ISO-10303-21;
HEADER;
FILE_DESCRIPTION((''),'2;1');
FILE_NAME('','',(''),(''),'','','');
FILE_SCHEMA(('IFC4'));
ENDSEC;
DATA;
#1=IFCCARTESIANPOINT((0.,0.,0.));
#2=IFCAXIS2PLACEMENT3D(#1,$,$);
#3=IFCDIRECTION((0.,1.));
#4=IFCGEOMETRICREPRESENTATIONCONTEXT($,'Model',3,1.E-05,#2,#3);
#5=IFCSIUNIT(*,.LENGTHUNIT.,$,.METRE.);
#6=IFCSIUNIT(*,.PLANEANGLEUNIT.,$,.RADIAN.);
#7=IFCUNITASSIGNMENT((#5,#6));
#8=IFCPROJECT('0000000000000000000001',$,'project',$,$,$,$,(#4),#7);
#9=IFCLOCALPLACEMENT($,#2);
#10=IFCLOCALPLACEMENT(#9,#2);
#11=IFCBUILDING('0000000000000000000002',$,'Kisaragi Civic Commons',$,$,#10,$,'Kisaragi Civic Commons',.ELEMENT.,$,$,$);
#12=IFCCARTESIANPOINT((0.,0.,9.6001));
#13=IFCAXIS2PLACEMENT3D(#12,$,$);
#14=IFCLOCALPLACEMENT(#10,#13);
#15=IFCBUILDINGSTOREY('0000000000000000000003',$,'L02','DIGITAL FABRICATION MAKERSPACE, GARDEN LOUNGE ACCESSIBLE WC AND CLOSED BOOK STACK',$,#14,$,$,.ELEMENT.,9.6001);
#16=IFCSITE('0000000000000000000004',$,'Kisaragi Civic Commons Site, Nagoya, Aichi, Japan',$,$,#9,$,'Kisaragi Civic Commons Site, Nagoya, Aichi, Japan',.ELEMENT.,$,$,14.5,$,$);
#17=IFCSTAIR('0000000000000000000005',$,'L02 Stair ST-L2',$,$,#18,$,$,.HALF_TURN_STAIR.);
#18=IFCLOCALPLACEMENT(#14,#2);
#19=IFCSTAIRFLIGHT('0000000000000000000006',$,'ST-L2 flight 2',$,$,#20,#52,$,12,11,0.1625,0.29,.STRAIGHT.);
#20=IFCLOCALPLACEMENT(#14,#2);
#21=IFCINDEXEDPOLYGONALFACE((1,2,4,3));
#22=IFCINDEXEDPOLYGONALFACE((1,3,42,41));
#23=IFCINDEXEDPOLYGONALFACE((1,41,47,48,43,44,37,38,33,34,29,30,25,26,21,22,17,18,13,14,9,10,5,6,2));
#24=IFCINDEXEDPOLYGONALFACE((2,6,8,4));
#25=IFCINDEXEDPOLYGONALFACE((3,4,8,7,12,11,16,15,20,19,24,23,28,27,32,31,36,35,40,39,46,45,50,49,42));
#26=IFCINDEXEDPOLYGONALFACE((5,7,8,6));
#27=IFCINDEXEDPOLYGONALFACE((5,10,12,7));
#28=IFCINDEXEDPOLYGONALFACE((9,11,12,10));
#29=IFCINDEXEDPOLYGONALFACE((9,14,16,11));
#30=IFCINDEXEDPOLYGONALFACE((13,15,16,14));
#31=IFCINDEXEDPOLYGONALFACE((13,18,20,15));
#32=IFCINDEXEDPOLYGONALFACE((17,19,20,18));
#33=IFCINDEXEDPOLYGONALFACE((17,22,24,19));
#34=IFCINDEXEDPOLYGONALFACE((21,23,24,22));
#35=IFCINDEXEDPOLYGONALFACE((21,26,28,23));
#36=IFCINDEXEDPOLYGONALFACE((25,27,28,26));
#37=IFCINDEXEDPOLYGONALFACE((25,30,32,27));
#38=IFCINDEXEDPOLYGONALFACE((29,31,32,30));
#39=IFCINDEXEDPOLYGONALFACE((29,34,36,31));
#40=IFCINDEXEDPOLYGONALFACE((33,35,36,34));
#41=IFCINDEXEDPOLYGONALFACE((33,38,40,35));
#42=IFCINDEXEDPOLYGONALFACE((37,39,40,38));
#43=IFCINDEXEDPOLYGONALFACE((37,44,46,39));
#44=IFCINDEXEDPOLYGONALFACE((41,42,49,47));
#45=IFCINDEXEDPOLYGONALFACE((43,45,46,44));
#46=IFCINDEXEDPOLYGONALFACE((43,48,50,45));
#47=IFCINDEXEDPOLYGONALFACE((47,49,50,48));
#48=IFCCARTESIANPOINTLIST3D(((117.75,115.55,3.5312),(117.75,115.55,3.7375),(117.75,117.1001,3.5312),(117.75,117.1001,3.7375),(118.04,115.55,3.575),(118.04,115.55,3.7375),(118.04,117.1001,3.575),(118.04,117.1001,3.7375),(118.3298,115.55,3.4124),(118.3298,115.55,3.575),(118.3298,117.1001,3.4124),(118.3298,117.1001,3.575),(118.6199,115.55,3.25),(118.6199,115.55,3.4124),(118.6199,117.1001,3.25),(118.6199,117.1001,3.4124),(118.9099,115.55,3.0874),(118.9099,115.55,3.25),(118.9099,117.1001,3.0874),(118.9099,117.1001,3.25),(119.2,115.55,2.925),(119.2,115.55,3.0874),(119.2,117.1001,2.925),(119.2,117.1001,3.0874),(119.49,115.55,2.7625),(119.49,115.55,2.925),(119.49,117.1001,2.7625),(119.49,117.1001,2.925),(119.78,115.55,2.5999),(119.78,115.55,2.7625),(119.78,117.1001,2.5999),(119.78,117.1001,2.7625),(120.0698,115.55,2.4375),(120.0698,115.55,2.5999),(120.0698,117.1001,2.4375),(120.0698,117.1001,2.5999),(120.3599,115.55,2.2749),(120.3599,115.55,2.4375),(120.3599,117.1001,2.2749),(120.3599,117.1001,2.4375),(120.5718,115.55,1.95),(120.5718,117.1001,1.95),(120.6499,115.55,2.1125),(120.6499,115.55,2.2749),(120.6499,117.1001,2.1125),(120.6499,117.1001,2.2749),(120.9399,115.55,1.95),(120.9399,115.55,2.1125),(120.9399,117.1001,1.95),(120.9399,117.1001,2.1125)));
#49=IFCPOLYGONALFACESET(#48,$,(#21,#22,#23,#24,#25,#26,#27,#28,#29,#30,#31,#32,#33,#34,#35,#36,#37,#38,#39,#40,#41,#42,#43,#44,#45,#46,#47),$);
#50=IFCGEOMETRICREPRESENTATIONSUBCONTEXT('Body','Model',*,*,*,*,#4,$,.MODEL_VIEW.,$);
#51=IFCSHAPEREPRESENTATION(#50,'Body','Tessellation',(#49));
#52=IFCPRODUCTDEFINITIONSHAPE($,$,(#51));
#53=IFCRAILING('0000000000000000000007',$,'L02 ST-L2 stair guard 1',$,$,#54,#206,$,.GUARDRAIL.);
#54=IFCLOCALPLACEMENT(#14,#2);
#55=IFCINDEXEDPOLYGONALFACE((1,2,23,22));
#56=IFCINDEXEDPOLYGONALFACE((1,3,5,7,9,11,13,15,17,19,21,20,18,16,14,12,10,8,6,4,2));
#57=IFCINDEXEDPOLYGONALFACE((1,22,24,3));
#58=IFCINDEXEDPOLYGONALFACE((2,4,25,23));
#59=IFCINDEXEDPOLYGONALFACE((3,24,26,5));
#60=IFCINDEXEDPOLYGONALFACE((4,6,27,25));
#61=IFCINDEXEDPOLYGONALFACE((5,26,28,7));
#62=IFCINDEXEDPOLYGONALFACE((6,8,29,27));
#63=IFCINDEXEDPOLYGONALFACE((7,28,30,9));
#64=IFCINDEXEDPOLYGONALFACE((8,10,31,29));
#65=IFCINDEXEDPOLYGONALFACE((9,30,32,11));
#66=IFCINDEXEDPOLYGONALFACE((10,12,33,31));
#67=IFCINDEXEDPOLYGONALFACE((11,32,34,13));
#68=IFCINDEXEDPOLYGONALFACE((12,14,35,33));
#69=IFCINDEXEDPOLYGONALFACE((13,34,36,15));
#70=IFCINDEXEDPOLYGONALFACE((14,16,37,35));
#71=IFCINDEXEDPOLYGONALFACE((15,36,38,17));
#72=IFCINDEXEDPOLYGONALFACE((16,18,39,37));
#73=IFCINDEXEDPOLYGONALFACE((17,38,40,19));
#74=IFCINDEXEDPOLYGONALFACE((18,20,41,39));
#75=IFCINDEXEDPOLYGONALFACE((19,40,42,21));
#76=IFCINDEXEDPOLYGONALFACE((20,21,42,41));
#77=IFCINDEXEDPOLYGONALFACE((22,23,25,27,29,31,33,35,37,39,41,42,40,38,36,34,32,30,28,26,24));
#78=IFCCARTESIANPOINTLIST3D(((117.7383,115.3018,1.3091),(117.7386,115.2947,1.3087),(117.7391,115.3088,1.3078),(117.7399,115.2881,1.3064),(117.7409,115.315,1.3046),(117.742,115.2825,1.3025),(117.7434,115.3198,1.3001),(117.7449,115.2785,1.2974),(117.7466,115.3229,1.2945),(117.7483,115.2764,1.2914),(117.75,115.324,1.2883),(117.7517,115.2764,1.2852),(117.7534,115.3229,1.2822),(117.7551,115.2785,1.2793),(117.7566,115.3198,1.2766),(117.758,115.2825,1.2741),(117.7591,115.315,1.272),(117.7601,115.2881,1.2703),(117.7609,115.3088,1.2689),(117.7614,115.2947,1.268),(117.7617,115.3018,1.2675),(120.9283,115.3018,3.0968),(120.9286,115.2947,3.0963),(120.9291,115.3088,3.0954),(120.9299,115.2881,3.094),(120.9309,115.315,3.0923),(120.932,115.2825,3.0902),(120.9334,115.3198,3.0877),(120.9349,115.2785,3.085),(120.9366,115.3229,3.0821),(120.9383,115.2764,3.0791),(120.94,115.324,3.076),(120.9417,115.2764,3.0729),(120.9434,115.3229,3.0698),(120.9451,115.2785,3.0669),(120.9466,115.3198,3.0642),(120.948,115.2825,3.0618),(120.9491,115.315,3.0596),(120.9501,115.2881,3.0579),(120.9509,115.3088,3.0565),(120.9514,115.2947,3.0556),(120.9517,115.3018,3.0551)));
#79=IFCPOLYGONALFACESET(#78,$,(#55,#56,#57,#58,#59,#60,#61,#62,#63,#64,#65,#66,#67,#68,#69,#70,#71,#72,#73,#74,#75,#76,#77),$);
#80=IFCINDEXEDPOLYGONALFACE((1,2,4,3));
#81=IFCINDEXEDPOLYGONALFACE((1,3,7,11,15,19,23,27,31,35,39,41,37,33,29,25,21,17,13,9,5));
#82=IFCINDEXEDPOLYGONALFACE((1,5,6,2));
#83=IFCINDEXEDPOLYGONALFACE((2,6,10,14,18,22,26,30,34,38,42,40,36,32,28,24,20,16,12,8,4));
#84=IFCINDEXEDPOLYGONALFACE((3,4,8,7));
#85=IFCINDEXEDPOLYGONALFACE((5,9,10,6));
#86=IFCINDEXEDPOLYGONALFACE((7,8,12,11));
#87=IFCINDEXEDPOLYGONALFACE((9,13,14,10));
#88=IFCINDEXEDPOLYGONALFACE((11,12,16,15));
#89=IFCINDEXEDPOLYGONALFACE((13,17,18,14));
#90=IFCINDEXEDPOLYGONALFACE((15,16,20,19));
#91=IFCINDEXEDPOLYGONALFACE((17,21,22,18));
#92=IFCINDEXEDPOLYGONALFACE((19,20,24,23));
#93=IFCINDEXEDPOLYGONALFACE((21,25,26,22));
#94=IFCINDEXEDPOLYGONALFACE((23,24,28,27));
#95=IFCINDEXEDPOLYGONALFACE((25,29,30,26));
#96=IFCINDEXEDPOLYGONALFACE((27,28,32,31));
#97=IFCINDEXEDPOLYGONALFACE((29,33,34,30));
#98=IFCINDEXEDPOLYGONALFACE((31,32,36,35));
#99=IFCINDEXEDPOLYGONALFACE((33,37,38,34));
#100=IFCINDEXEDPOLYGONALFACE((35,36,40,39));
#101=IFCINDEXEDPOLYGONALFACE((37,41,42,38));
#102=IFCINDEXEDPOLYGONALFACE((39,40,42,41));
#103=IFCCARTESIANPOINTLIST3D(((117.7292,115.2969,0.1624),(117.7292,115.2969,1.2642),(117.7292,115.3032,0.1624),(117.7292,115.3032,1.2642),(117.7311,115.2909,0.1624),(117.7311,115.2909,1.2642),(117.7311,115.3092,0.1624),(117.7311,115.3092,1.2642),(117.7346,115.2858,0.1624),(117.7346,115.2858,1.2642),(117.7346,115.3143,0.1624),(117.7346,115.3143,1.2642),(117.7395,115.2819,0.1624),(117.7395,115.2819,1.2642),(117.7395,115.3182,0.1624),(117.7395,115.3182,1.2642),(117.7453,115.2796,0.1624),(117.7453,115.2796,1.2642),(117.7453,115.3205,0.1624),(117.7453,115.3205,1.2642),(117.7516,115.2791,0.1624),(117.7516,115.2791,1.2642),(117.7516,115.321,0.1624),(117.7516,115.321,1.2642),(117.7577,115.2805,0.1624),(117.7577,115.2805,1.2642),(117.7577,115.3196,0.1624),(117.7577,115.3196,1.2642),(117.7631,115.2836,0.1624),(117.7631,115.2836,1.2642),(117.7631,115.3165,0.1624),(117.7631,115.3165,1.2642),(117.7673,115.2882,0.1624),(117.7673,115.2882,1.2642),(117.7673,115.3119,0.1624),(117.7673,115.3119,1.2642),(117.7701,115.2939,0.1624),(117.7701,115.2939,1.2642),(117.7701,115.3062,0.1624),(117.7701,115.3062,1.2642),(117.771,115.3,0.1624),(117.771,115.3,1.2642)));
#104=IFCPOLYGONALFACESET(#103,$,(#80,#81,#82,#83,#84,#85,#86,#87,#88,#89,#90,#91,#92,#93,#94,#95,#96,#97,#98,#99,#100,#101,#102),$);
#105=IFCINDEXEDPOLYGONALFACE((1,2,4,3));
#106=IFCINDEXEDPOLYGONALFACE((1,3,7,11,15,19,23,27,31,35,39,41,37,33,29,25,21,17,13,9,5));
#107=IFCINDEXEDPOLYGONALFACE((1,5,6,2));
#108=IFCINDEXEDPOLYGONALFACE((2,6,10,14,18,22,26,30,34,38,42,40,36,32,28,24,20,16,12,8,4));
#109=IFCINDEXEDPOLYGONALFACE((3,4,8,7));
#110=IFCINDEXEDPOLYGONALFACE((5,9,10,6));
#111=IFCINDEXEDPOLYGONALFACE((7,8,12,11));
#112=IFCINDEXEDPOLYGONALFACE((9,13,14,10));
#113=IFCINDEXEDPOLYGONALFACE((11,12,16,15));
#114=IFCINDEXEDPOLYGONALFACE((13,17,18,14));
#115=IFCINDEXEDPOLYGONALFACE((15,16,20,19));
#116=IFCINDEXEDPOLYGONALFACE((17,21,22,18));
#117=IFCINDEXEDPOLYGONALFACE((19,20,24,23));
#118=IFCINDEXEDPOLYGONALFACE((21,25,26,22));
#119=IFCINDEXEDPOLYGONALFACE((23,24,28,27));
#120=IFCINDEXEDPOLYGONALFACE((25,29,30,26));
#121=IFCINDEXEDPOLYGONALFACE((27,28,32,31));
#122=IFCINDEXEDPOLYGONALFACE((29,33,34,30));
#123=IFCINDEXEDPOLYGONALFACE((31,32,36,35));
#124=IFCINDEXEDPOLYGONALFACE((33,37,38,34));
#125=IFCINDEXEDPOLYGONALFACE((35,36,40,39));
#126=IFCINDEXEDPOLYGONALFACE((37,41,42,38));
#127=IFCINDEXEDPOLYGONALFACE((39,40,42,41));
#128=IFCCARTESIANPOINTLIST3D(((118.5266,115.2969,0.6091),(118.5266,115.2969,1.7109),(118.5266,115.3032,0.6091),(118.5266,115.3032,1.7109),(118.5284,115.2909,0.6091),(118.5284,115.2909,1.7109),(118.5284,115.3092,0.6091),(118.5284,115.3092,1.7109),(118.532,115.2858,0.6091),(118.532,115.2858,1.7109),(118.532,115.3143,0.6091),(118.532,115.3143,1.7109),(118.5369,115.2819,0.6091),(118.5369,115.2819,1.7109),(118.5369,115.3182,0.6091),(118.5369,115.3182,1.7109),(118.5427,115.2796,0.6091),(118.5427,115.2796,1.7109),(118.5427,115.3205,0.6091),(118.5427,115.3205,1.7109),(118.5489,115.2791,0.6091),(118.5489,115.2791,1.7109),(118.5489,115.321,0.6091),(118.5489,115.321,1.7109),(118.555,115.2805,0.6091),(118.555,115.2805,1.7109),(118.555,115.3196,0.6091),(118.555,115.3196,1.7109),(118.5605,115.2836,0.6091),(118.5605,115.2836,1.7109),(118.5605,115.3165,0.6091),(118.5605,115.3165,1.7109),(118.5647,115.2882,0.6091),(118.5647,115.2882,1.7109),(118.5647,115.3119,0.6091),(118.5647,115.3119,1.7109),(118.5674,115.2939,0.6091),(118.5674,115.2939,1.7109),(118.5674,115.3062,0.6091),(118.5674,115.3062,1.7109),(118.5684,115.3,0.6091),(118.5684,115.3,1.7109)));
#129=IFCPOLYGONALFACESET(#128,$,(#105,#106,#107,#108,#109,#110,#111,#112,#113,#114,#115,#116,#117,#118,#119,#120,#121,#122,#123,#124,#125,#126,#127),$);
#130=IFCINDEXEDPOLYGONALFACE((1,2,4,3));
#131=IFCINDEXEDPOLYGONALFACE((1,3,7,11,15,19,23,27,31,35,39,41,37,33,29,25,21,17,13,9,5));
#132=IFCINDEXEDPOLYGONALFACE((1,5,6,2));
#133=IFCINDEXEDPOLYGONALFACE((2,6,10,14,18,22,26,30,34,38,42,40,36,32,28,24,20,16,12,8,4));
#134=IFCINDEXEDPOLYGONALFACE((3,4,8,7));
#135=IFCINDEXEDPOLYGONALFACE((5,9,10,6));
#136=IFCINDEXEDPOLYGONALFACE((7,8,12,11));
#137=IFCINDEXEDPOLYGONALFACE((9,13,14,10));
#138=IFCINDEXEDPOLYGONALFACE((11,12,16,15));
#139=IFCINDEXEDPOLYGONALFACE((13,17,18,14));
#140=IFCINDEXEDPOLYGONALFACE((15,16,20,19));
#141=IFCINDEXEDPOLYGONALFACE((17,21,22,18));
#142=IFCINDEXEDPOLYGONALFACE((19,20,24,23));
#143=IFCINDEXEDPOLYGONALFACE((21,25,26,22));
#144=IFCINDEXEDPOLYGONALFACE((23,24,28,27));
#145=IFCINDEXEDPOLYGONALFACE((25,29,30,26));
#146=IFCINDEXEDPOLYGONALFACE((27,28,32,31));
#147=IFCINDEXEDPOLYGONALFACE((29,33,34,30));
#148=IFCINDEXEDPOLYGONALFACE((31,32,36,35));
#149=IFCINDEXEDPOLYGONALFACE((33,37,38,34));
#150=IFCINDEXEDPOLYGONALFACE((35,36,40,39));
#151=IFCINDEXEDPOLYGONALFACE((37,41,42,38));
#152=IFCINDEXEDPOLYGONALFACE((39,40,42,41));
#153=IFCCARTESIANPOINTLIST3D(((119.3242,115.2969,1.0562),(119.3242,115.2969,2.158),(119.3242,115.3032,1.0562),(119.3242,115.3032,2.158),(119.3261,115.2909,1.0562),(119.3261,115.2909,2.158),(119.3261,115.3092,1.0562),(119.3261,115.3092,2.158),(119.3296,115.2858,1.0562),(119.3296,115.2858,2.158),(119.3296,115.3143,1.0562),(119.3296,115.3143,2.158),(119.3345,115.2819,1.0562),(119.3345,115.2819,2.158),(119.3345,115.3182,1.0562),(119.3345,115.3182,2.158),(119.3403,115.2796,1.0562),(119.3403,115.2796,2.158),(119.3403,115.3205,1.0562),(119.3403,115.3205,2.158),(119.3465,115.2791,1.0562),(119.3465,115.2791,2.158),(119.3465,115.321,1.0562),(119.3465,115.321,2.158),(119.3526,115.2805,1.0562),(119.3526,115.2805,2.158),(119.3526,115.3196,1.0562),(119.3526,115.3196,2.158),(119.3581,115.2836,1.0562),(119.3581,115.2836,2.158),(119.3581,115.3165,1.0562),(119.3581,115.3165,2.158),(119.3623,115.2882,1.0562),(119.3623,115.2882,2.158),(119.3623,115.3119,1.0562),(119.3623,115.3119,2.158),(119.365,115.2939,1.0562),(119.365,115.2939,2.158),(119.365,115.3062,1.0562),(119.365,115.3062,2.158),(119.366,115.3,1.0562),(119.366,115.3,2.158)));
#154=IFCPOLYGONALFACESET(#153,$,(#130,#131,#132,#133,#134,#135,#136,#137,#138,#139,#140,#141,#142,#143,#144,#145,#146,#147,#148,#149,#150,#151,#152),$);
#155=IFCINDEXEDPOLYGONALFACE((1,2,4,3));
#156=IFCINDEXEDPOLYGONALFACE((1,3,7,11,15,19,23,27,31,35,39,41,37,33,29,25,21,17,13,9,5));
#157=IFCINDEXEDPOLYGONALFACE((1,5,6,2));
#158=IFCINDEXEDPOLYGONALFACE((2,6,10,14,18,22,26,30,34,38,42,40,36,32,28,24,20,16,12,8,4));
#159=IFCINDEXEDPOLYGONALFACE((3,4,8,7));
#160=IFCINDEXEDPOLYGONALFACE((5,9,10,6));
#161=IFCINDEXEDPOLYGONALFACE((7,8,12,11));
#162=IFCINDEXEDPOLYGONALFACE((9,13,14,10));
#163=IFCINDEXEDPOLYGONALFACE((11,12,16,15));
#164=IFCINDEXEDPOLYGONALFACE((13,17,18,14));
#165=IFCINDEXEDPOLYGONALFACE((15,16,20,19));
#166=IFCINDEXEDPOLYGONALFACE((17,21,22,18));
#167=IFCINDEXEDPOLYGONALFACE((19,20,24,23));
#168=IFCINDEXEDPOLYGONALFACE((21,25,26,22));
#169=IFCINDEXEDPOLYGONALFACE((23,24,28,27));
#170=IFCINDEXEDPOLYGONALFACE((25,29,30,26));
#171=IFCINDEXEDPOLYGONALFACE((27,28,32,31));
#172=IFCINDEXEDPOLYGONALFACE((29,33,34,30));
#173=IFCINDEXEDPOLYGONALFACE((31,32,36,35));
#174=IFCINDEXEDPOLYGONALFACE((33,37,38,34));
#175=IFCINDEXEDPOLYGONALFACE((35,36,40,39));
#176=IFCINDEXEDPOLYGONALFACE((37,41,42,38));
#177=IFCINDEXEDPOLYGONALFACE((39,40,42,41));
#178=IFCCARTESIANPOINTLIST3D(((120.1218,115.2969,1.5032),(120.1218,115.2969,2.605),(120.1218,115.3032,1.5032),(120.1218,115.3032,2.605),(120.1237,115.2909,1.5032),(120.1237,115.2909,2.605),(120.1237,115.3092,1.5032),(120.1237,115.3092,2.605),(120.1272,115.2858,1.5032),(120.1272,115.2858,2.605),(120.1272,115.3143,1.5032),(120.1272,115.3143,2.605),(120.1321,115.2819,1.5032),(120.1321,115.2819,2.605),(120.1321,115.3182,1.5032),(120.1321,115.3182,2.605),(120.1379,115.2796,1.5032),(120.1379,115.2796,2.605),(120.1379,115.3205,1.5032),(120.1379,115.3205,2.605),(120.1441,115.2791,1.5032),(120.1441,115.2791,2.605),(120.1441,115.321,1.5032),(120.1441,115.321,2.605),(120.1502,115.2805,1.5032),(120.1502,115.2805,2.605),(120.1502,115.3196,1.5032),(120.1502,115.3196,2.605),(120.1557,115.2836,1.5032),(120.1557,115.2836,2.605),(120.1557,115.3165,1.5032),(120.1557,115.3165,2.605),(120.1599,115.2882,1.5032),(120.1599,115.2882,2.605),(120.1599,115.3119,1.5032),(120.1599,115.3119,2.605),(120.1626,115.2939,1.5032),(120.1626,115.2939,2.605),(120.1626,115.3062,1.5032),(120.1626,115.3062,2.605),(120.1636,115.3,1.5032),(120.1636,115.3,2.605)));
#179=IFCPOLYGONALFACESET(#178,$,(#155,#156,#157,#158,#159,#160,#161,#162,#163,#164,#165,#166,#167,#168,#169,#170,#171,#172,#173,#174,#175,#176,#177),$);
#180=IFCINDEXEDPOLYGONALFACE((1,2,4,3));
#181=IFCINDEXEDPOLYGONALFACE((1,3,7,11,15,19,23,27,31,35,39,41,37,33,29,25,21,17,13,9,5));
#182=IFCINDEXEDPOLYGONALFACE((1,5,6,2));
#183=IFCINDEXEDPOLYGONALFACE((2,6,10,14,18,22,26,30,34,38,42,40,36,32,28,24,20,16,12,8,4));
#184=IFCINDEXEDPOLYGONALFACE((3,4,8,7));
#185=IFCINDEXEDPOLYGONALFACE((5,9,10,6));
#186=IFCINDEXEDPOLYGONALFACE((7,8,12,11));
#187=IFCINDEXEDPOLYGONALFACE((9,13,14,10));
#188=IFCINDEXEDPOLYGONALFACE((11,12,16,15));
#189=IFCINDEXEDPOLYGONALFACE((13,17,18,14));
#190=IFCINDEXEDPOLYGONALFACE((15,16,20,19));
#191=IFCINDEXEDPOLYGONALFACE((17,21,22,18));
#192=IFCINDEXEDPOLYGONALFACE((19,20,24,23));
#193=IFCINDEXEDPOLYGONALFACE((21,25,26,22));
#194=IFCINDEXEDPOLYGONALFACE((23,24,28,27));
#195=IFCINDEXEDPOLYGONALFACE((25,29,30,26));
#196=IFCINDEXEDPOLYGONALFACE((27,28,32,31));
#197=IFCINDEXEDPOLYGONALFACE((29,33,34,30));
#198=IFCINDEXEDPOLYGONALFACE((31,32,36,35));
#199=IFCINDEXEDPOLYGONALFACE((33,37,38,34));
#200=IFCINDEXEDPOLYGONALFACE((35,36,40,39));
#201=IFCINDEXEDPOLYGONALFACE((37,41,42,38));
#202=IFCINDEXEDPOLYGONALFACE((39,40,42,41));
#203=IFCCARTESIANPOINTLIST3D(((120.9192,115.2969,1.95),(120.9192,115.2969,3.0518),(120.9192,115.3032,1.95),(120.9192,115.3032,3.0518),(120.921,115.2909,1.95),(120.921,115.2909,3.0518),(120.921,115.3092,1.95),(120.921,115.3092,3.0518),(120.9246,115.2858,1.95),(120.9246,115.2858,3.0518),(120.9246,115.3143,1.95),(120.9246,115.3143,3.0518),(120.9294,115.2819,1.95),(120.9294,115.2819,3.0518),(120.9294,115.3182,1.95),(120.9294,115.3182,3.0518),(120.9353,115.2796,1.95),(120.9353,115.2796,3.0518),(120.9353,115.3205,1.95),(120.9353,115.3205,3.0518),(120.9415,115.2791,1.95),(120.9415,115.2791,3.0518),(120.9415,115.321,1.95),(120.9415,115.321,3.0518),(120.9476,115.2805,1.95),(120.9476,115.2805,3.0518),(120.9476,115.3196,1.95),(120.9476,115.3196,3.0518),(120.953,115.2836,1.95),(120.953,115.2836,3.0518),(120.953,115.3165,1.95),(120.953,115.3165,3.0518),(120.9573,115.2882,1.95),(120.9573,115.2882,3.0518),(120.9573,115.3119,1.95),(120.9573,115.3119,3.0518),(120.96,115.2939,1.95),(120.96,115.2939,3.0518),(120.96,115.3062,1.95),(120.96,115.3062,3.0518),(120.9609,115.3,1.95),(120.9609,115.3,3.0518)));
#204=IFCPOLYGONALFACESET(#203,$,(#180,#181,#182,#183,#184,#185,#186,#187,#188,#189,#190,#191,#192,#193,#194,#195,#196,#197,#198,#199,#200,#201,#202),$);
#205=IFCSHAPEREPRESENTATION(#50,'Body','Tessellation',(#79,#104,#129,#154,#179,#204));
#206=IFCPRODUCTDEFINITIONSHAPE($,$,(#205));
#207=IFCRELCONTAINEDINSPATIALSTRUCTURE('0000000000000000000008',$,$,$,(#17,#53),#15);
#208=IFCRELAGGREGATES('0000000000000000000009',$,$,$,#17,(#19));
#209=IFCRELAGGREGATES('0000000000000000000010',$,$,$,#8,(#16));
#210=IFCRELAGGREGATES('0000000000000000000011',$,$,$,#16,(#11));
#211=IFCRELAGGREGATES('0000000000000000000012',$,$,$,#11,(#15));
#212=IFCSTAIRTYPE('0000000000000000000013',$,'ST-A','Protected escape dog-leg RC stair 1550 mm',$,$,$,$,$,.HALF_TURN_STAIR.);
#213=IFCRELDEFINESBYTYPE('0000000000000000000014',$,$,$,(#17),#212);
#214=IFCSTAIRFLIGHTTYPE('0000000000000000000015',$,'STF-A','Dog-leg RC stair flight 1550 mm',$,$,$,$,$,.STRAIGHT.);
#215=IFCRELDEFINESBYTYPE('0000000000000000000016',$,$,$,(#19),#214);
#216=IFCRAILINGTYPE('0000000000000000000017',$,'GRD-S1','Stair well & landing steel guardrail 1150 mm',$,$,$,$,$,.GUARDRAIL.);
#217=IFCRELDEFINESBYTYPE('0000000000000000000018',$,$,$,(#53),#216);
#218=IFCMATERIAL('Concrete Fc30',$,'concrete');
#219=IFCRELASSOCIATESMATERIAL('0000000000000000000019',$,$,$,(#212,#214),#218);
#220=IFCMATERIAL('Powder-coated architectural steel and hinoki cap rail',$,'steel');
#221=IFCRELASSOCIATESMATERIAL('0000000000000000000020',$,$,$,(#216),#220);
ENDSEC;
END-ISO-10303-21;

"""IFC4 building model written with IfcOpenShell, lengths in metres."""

from ifc_helpers import new_model, si_unit, direction, frame, origin, origin_2d, place, context, subcontext, project, spatial, polyline, circle, outline, extrude, material, type_object, element, aggregate, save


model = new_model("IFC4")

# Units and contexts
model_context = context("Model", 3, precision=1e-05, world=origin(), true_north=direction((0.0, 1.0)))
body_context = subcontext(model_context, "Body", "Model", "MODEL_VIEW")
ifc_project = project(units=[si_unit("LENGTHUNIT", "METRE"), si_unit("PLANEANGLEUNIT", "RADIAN")], contexts=[model_context])

# Site, building, storey
site_placement = place(None, origin())
site = spatial("IfcSite", under=ifc_project, at=site_placement, Name="Kisaragi Civic Commons Site, Nagoya, Aichi, Japan", LongName="Kisaragi Civic Commons Site, Nagoya, Aichi, Japan", CompositionType="ELEMENT", RefElevation=14.5)
building_placement = place(site_placement, origin())
building = spatial("IfcBuilding", under=site, at=building_placement, Name="Kisaragi Civic Commons", LongName="Kisaragi Civic Commons", CompositionType="ELEMENT")
storey_placement = place(building_placement, frame((0.0, 0.0, 9.6001)))
storey = spatial("IfcBuildingStorey", under=building, at=storey_placement, Name="L02", Description="DIGITAL FABRICATION MAKERSPACE, GARDEN LOUNGE ACCESSIBLE WC AND CLOSED BOOK STACK", CompositionType="ELEMENT", Elevation=9.6001)

# Shared definitions
ifc_material_1 = material(Name="Concrete Fc30", Category="concrete")

# Stair, stair flight
stair_type = type_object("IfcStairType", Name="ST-A", Description="Protected escape dog-leg RC stair 1550 mm", PredefinedType="HALF_TURN_STAIR", material=ifc_material_1)
stair_placement = place(storey_placement, origin())
stair = element("IfcStair", 1, at=stair_placement, inside=storey, type_object=stair_type, Name="L02 Stair ST-L2", PredefinedType="HALF_TURN_STAIR")
stair_flight_type = type_object("IfcStairFlightType", Name="STF-A", Description="Dog-leg RC stair flight 1550 mm", PredefinedType="STRAIGHT", material=ifc_material_1)
stair_flight_1_placement = place(storey_placement, frame((120.9399, 116.325, 1.95), z_axis=(0.0, 0.0, 1.0), x_axis=(-1.0, 0.0, 0.0)))
stair_flight_1 = element("IfcStairFlight", 2, at=stair_flight_1_placement, type_object=stair_flight_type, Name="ST-L2 flight 2", NumberOfRisers=12, NumberOfTreads=11, PredefinedType="STRAIGHT", RiserHeight=0.1625, TreadLength=0.29, context=body_context, shape_type="SweptSolid", body=[
    extrude(outline(polyline([(0.0, 0.0), (0.0, 0.1626), (0.29, 0.1626), (0.29, 0.325), (0.5801, 0.325), (0.5801, 0.4875), (0.8701, 0.4875), (0.8701, 0.6499), (1.1599, 0.6499), (1.1599, 0.8125), (1.45, 0.8125), (1.45, 0.9751), (1.74, 0.9751), (1.74, 1.1375), (2.03, 1.1375), (2.03, 1.3), (2.3201, 1.3), (2.3201, 1.4624), (2.6101, 1.4624), (2.6101, 1.625), (2.8999, 1.625), (2.8999, 1.7876), (3.1899, 1.7876), (3.1899, 1.95), (3.1899, 1.5813), (0.3682, 0.0), (0.0, 0.0)])), frame((0.0, 0.7749, 0.0), z_axis=(0.0, -1.0, 0.0), x_axis=(1.0, 0.0, 0.0)), (0.0, 0.0, 1.0), 1.55),
])
aggregate(stair, [stair_flight_1])

# Railing
ifc_material_2 = material(Name="Powder-coated architectural steel and hinoki cap rail", Category="steel")
railing_type_1 = type_object("IfcRailingType", Name="GRD-S1", Description="Stair well & landing steel guardrail 1150 mm", PredefinedType="GUARDRAIL", material=ifc_material_2)
railing_1_placement = place(storey_placement, frame((117.75, 115.3, 0.1624)))
element("IfcRailing", 3, at=railing_1_placement, inside=storey, type_object=railing_type_1, Name="L02 ST-L2 stair guard 1", PredefinedType="GUARDRAIL", context=body_context, shape_type="SweptSolid", body=[
    extrude(circle(Radius=0.0239, at=origin_2d()), frame((0.0, 0.0, 1.126), z_axis=(0.872363, 0.0, 0.48886), x_axis=(0.0, 1.0, 0.0)), (0.0, 0.0, 1.0), 3.6567),
    extrude(circle(Radius=0.021, at=origin_2d()), origin(), (0.0, 0.0, 1.0), 1.1018),
    extrude(circle(Radius=0.021, at=origin_2d()), frame((0.7974, 0.0, 0.4468)), (0.0, 0.0, 1.0), 1.1018),
    extrude(circle(Radius=0.021, at=origin_2d()), frame((1.595, 0.0, 0.8938)), (0.0, 0.0, 1.0), 1.1018),
    extrude(circle(Radius=0.021, at=origin_2d()), frame((2.3926, 0.0, 1.3408)), (0.0, 0.0, 1.0), 1.1018),
    extrude(circle(Radius=0.021, at=origin_2d()), frame((3.1899, 0.0, 1.7876)), (0.0, 0.0, 1.0), 1.1018),
])

save(model, "model.ifc")
